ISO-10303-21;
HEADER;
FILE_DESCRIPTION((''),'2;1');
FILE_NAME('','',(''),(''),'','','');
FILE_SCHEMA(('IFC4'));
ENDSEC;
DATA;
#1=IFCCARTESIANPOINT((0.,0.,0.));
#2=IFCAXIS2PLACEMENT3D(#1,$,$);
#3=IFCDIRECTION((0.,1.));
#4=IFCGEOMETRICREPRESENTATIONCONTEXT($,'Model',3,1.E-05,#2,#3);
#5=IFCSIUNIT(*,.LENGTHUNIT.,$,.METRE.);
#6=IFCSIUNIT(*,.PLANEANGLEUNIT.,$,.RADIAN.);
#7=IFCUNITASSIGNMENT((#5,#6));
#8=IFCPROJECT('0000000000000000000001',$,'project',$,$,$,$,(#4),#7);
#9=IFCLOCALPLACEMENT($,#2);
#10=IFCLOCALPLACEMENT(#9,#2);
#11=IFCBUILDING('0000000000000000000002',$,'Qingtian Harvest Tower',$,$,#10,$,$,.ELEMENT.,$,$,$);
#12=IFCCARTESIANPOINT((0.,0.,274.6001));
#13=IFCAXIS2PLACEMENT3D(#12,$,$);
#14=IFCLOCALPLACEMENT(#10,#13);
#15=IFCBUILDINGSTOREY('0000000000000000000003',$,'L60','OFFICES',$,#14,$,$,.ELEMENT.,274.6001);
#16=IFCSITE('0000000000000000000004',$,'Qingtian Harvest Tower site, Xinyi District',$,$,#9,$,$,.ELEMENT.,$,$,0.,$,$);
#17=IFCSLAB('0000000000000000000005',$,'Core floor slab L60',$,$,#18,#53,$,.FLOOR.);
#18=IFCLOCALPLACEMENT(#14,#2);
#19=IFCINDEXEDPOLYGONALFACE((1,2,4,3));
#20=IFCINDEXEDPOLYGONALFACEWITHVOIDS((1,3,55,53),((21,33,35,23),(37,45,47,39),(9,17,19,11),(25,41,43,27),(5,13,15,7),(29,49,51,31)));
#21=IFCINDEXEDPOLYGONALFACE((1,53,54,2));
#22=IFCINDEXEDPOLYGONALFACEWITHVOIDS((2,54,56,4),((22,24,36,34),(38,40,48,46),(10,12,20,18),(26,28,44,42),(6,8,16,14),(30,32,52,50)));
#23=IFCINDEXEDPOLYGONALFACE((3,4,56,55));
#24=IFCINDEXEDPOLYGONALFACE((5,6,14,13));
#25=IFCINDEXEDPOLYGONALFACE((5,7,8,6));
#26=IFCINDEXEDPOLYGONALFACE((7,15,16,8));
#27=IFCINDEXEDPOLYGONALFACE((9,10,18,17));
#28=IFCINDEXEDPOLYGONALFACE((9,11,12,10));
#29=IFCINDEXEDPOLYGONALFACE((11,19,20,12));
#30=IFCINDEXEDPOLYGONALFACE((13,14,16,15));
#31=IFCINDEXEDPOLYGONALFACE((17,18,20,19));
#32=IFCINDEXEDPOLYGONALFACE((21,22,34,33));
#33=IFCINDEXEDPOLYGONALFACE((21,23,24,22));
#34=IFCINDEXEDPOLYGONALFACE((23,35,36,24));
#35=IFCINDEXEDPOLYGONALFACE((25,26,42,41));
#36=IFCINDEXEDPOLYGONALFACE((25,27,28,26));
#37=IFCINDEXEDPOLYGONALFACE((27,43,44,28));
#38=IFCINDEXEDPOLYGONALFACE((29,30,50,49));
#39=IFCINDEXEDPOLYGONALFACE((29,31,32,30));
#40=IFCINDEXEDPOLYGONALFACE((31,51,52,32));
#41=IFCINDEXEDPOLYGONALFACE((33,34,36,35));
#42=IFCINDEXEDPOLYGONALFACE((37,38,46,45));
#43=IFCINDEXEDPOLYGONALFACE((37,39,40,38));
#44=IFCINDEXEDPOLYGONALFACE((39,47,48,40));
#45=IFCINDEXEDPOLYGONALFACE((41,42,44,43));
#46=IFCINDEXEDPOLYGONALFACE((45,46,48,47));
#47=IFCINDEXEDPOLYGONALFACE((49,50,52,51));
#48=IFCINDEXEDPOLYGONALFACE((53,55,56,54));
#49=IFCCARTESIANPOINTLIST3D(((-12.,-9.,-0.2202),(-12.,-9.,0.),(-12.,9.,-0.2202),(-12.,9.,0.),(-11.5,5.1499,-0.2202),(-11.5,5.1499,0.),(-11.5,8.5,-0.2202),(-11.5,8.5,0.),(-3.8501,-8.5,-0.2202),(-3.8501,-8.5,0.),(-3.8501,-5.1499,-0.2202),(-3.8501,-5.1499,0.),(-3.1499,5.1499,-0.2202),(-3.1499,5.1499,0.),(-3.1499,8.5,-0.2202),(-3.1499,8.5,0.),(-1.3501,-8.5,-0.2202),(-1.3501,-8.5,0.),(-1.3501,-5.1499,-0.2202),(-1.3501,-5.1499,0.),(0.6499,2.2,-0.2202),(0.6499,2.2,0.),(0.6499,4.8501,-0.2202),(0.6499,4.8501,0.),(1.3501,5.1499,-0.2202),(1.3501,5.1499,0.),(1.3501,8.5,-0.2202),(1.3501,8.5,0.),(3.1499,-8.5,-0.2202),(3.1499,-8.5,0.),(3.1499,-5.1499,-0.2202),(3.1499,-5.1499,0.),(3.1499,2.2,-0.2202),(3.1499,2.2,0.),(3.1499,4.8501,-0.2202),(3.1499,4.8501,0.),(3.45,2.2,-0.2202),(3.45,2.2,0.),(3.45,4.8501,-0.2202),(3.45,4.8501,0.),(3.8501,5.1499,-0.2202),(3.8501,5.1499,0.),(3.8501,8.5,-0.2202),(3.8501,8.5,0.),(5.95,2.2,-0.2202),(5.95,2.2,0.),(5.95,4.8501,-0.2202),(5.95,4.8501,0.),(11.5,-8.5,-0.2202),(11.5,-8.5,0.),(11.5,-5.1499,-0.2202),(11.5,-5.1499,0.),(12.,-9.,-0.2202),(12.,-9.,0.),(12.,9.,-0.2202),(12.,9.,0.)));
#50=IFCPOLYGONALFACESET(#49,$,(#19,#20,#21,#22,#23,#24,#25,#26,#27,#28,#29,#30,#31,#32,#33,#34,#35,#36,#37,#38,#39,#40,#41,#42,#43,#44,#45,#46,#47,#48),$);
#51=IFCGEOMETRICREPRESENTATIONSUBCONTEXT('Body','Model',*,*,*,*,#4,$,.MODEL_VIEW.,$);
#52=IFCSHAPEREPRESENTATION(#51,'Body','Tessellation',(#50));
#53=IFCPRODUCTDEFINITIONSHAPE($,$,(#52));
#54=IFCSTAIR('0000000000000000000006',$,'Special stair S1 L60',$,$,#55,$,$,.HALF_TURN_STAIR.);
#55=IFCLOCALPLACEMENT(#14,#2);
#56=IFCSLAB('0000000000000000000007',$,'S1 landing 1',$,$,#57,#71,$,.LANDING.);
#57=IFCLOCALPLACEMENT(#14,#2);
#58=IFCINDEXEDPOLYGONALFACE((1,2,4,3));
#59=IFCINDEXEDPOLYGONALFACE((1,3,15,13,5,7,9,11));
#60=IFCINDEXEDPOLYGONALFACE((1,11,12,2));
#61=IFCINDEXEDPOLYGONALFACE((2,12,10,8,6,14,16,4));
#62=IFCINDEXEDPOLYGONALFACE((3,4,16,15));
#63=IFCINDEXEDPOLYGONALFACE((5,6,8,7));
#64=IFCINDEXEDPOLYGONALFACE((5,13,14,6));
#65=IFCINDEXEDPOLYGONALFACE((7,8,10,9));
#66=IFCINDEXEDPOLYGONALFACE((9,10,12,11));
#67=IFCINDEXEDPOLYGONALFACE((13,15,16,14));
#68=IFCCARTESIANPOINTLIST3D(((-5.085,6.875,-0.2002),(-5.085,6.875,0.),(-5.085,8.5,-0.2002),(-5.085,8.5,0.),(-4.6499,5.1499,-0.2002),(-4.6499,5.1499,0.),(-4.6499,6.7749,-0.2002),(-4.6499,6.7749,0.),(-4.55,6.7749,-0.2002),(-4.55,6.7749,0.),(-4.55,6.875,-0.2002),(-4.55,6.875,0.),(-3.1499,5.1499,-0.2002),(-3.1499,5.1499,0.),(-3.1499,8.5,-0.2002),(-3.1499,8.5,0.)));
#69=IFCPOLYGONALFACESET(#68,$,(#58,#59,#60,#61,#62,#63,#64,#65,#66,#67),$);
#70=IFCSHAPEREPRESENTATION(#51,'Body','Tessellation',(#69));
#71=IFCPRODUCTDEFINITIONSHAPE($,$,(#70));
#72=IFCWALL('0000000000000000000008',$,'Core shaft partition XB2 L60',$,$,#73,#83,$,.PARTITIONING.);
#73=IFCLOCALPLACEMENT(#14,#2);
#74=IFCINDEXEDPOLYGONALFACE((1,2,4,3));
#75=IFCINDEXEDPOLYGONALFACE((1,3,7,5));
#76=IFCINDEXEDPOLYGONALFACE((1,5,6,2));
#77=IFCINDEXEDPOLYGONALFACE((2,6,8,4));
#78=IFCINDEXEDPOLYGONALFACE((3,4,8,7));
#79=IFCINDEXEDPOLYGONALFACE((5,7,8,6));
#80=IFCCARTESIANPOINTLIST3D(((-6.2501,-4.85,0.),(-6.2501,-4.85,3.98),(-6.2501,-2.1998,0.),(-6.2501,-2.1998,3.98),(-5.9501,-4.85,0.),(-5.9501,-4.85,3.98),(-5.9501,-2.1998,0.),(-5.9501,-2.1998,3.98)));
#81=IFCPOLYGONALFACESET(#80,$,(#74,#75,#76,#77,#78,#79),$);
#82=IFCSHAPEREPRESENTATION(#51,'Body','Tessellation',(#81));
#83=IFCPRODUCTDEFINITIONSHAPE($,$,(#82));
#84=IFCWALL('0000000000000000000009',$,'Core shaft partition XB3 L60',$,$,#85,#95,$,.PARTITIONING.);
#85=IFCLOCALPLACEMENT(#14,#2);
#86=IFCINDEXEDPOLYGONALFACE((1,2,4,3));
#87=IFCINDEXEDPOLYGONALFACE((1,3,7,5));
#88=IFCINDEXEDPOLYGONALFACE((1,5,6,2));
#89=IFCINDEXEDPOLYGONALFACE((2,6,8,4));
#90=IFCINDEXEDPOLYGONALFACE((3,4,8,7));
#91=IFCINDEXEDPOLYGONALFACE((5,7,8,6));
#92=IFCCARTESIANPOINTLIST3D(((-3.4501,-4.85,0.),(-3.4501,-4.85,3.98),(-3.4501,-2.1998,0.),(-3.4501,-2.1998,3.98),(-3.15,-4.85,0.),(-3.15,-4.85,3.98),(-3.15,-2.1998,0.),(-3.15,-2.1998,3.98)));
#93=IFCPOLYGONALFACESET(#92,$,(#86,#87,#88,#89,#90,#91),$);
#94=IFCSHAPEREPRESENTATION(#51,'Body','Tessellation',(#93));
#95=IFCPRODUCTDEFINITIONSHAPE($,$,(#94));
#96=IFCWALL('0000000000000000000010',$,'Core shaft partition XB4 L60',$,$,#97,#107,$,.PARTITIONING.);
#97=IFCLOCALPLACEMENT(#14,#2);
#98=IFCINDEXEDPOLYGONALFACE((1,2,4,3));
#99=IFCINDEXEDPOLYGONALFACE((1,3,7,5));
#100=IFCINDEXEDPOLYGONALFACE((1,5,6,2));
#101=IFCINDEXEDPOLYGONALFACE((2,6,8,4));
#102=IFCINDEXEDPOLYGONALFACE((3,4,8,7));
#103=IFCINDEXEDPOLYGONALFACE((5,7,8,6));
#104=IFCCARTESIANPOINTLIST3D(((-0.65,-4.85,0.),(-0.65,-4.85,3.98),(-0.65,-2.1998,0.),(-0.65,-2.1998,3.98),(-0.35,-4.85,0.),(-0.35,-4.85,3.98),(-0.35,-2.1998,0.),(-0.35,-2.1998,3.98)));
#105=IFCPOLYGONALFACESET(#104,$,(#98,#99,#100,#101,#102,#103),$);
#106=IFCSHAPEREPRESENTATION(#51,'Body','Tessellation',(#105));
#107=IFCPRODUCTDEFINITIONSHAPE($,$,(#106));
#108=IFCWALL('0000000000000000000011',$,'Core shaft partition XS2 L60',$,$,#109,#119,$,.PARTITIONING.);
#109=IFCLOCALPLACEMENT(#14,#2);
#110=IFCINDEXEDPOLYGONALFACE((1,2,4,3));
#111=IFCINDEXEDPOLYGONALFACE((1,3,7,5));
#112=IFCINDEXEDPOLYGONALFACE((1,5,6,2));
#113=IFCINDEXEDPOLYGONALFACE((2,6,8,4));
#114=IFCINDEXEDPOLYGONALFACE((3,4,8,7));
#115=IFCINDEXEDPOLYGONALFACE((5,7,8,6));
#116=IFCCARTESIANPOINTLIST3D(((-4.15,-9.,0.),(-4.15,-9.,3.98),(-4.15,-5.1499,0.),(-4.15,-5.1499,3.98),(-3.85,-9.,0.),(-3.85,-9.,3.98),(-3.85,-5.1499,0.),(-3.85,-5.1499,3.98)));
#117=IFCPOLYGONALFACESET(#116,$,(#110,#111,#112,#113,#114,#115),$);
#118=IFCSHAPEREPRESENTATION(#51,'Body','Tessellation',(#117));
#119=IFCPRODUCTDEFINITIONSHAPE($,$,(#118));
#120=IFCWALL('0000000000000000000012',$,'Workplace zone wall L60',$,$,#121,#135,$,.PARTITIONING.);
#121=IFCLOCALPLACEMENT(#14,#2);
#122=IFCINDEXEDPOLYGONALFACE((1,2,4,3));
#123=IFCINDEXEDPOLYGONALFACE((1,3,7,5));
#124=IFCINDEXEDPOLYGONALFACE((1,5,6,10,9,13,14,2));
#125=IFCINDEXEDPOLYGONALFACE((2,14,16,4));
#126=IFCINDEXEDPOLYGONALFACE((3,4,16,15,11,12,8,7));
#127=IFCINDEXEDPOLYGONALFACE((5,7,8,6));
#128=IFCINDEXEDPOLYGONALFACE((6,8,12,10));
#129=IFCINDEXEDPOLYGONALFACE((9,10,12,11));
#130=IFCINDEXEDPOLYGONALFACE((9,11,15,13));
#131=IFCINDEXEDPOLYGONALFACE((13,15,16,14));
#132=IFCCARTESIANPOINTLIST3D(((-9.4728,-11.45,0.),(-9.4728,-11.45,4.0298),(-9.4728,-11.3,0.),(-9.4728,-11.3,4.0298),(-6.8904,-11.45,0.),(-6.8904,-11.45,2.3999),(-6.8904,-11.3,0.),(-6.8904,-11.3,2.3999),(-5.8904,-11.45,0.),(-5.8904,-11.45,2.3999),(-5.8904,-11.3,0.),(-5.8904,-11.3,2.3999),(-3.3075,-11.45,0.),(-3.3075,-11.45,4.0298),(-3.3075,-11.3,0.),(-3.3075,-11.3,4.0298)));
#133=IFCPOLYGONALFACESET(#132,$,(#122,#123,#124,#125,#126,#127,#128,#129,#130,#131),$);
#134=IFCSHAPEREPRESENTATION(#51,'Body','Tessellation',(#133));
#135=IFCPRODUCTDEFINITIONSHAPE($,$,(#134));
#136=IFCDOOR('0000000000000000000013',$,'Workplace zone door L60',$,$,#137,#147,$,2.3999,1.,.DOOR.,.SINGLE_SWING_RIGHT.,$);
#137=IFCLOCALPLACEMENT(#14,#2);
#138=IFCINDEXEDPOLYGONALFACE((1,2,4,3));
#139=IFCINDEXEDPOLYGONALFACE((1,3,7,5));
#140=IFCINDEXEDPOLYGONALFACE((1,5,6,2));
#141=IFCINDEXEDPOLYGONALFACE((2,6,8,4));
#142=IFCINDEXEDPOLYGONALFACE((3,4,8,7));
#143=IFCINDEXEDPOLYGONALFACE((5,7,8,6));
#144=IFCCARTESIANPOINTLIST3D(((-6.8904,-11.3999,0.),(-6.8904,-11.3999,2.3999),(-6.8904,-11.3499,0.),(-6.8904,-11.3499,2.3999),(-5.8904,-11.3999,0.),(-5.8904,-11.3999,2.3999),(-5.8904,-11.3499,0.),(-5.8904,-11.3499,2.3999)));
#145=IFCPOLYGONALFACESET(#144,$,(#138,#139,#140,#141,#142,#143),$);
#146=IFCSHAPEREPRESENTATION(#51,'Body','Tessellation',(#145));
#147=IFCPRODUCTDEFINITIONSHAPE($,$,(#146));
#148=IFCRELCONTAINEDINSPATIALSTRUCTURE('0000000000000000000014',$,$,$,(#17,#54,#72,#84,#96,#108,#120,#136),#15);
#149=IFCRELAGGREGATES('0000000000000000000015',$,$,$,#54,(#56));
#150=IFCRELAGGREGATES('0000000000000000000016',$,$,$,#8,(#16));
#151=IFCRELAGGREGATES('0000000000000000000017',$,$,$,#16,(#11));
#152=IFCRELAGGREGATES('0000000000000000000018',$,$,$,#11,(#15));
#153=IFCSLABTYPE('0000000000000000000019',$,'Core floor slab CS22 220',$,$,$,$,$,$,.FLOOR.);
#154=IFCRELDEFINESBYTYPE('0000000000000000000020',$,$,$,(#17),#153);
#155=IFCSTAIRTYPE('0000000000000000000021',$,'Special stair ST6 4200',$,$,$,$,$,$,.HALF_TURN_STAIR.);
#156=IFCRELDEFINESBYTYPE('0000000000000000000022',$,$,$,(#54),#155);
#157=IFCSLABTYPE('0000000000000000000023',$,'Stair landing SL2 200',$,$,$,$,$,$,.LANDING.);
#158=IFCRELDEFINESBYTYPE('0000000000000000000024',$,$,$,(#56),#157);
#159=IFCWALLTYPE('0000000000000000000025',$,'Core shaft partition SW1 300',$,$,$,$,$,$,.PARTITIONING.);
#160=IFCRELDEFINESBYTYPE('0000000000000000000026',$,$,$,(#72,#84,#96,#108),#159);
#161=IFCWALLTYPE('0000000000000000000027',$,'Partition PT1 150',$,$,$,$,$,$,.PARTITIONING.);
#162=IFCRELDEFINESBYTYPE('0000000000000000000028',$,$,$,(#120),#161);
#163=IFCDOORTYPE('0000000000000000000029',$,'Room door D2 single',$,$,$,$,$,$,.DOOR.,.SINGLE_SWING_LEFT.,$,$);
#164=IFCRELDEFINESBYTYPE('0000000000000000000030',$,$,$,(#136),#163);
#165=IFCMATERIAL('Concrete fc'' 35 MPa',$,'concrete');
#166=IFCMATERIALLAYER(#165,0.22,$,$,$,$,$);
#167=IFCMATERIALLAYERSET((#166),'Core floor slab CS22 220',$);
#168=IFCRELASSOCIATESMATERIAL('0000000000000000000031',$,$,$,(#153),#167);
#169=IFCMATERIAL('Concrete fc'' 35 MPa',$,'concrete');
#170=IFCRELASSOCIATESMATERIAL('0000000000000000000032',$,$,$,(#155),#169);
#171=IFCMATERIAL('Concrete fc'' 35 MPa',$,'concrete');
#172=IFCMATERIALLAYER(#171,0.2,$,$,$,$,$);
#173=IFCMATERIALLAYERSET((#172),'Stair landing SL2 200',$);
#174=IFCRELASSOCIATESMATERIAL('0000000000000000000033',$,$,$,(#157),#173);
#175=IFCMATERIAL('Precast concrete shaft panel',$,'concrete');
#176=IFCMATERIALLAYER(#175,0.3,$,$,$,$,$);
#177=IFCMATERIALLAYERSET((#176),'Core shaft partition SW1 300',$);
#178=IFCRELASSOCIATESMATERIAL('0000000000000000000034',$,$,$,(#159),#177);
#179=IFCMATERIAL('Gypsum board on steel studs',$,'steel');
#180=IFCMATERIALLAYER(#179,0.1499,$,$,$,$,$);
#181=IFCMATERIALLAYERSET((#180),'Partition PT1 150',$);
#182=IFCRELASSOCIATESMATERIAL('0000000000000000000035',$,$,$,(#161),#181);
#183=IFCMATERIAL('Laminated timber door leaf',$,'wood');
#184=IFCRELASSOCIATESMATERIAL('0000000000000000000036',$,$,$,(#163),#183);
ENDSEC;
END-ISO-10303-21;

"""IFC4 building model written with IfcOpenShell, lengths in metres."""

from ifc_helpers import new_model, si_unit, direction, frame, frame_2d, origin, place, context, subcontext, project, spatial, polyline, rectangle, outline, extrude, material, layer, layer_set, type_object, element, fill, aggregate, save


model = new_model("IFC4")

# Units and contexts
model_context = context("Model", 3, precision=1e-05, world=origin(), true_north=direction((0.0, 1.0)))
body_context = subcontext(model_context, "Body", "Model", "MODEL_VIEW")
ifc_project = project(units=[si_unit("LENGTHUNIT", "METRE"), si_unit("PLANEANGLEUNIT", "RADIAN")], contexts=[model_context])

# Site, building, storey
site_placement = place(None, origin())
site = spatial("IfcSite", under=ifc_project, at=site_placement, Name="Qingtian Harvest Tower site, Xinyi District", CompositionType="ELEMENT", RefElevation=0.0)
building_placement = place(site_placement, origin())
building = spatial("IfcBuilding", under=site, at=building_placement, Name="Qingtian Harvest Tower", CompositionType="ELEMENT")
storey_placement = place(building_placement, frame((0.0, 0.0, 274.6001)))
storey = spatial("IfcBuildingStorey", under=building, at=storey_placement, Name="L60", Description="OFFICES", CompositionType="ELEMENT", Elevation=274.6001)

# Slab
ifc_material_1 = material(Name="Concrete fc' 35 MPa", Category="concrete")
ifc_layer_1 = layer(ifc_material_1, 0.22)
ifc_layer_set_1 = layer_set([ifc_layer_1], Name="Core floor slab CS22 220")
slab_type_1 = type_object("IfcSlabType", Name="Core floor slab CS22 220", PredefinedType="FLOOR", material=ifc_layer_set_1)
slab_1_placement = place(storey_placement, frame((0.0, 0.0, -0.2202)))
element("IfcSlab", 1, at=slab_1_placement, inside=storey, type_object=slab_type_1, Name="Core floor slab L60", PredefinedType="FLOOR", context=body_context, shape_type="SweptSolid", body=[
    extrude(outline(polyline([(-12.0, -9.0), (12.0, -9.0), (12.0, 9.0), (-12.0, 9.0), (-12.0, -9.0)]), holes=[polyline([(-11.5, 5.1499), (-3.1499, 5.1499), (-3.1499, 8.5), (-11.5, 8.5), (-11.5, 5.1499)]), polyline([(3.1499, -8.5), (11.5, -8.5), (11.5, -5.1499), (3.1499, -5.1499), (3.1499, -8.5)]), polyline([(1.3501, 5.1499), (3.8501, 5.1499), (3.8501, 8.5), (1.3501, 8.5), (1.3501, 5.1499)]), polyline([(-3.8501, -8.5), (-1.3501, -8.5), (-1.3501, -5.1499), (-3.8501, -5.1499), (-3.8501, -8.5)]), polyline([(0.6499, 2.2), (3.1499, 2.2), (3.1499, 4.8501), (0.6499, 4.8501), (0.6499, 2.2)]), polyline([(3.45, 2.2), (5.95, 2.2), (5.95, 4.8501), (3.45, 4.8501), (3.45, 2.2)])]), origin(), (0.0, 0.0, 1.0), 0.2202),
])

# Stair, slab
ifc_material_2 = material(Name="Concrete fc' 35 MPa", Category="concrete")
stair_type = type_object("IfcStairType", Name="Special stair ST6 4200", PredefinedType="HALF_TURN_STAIR", material=ifc_material_2)
stair_placement = place(storey_placement, origin())
stair = element("IfcStair", 2, at=stair_placement, inside=storey, type_object=stair_type, Name="Special stair S1 L60", PredefinedType="HALF_TURN_STAIR")
ifc_material_3 = material(Name="Concrete fc' 35 MPa", Category="concrete")
ifc_layer_2 = layer(ifc_material_3, 0.2)
ifc_layer_set_2 = layer_set([ifc_layer_2], Name="Stair landing SL2 200")
slab_type_2 = type_object("IfcSlabType", Name="Stair landing SL2 200", PredefinedType="LANDING", material=ifc_layer_set_2)
slab_2_placement = place(storey_placement, frame((0.0, 0.0, -0.2002)))
slab_2 = element("IfcSlab", 3, at=slab_2_placement, type_object=slab_type_2, Name="S1 landing 1", PredefinedType="LANDING", context=body_context, shape_type="SweptSolid", body=[
    extrude(outline(polyline([(-4.6499, 5.1499), (-4.6499, 6.7749), (-4.55, 6.7749), (-4.55, 6.875), (-5.085, 6.875), (-5.085, 8.5), (-3.1499, 8.5), (-3.1499, 5.1499), (-4.6499, 5.1499)])), origin(), (0.0, 0.0, 1.0), 0.2002),
])
aggregate(stair, [slab_2])

# Walls
ifc_material_4 = material(Name="Precast concrete shaft panel", Category="concrete")
ifc_layer_3 = layer(ifc_material_4, 0.3)
ifc_layer_set_3 = layer_set([ifc_layer_3], Name="Core shaft partition SW1 300")
wall_type_1 = type_object("IfcWallType", Name="Core shaft partition SW1 300", PredefinedType="PARTITIONING", material=ifc_layer_set_3)
for number, where, z_axis, x_axis, name in (
    (4, (-6.1001, -4.8501, 0.0), (0.0, 0.0, 1.0), (0.0, 1.0, 0.0), "Core shaft partition XB2 L60"),
    (5, (-3.3, -4.8501, 0.0), (0.0, 0.0, 1.0), (0.0, 1.0, 0.0), "Core shaft partition XB3 L60"),
    (6, (-0.5, -4.8501, 0.0), (0.0, 0.0, 1.0), (0.0, 1.0, 0.0), "Core shaft partition XB4 L60"),
):
    element("IfcWall", number, at=place(storey_placement, frame(where, z_axis=z_axis, x_axis=x_axis)), inside=storey, type_object=wall_type_1, Name=name, PredefinedType="PARTITIONING", context=body_context, shape_type="SweptSolid", body=[
        extrude(rectangle(XDim=2.6501, YDim=0.3, at=frame_2d((1.3252, 0.0))), origin(), (0.0, 0.0, 1.0), 3.98),
    ])
wall_1_placement = place(storey_placement, frame((-4.0, -9.0, 0.0), z_axis=(0.0, 0.0, 1.0), x_axis=(0.0, 1.0, 0.0)))
element("IfcWall", 7, at=wall_1_placement, inside=storey, type_object=wall_type_1, Name="Core shaft partition XS2 L60", PredefinedType="PARTITIONING", context=body_context, shape_type="SweptSolid", body=[
    extrude(rectangle(XDim=3.8501, YDim=0.3, at=frame_2d((1.925, 0.0))), origin(), (0.0, 0.0, 1.0), 3.98),
])

# Wall, opening, door
ifc_material_5 = material(Name="Gypsum board on steel studs", Category="steel")
ifc_layer_4 = layer(ifc_material_5, 0.1499)
ifc_layer_set_4 = layer_set([ifc_layer_4], Name="Partition PT1 150")
wall_type_2 = type_object("IfcWallType", Name="Partition PT1 150", PredefinedType="PARTITIONING", material=ifc_layer_set_4)
wall_2_placement = place(storey_placement, frame((-3.3076, -11.375, 0.0), z_axis=(0.0, 0.0, 1.0), x_axis=(-1.0, 0.0, 0.0)))
wall_2 = element("IfcWall", 8, at=wall_2_placement, inside=storey, type_object=wall_type_2, Name="Workplace zone wall L60", PredefinedType="PARTITIONING", context=body_context, shape_type="SweptSolid", body=[
    extrude(rectangle(XDim=6.1653, YDim=0.1499, at=frame_2d((3.0825, 0.0))), origin(), (0.0, 0.0, 1.0), 4.0298),
])
opening_1_placement = place(wall_2_placement, frame((2.5828, 0.0, 0.0)))
opening_1 = element("IfcOpeningElement", 9, at=opening_1_placement, cuts=wall_2, PredefinedType="OPENING", context=body_context, shape_type="SweptSolid", body=[
    extrude(rectangle(XDim=1.0, YDim=2.3999, at=frame_2d((0.5, 1.2))), frame((0.0, 0.085, 0.0), z_axis=(0.0, -1.0, 0.0), x_axis=(1.0, 0.0, 0.0)), (0.0, 0.0, 1.0), 0.1699),
])
ifc_material_6 = material(Name="Laminated timber door leaf", Category="wood")
door_type_1 = type_object("IfcDoorType", Name="Room door D2 single", OperationType="SINGLE_SWING_LEFT", PredefinedType="DOOR", material=ifc_material_6)
door_1_placement = place(opening_1_placement, origin())
door_1 = element("IfcDoor", 10, at=door_1_placement, inside=storey, type_object=door_type_1, Name="Workplace zone door L60", OperationType="SINGLE_SWING_RIGHT", OverallHeight=2.3999, OverallWidth=1.0, PredefinedType="DOOR", context=body_context, shape_type="SweptSolid", body=[
    extrude(rectangle(XDim=1.0, YDim=2.3999, at=frame_2d((0.5, 1.2))), frame((0.0, 0.0249, 0.0), z_axis=(0.0, -1.0, 0.0), x_axis=(1.0, 0.0, 0.0)), (0.0, 0.0, 1.0), 0.05),
])
fill(opening_1, door_1)

save(model, "model.ifc")
